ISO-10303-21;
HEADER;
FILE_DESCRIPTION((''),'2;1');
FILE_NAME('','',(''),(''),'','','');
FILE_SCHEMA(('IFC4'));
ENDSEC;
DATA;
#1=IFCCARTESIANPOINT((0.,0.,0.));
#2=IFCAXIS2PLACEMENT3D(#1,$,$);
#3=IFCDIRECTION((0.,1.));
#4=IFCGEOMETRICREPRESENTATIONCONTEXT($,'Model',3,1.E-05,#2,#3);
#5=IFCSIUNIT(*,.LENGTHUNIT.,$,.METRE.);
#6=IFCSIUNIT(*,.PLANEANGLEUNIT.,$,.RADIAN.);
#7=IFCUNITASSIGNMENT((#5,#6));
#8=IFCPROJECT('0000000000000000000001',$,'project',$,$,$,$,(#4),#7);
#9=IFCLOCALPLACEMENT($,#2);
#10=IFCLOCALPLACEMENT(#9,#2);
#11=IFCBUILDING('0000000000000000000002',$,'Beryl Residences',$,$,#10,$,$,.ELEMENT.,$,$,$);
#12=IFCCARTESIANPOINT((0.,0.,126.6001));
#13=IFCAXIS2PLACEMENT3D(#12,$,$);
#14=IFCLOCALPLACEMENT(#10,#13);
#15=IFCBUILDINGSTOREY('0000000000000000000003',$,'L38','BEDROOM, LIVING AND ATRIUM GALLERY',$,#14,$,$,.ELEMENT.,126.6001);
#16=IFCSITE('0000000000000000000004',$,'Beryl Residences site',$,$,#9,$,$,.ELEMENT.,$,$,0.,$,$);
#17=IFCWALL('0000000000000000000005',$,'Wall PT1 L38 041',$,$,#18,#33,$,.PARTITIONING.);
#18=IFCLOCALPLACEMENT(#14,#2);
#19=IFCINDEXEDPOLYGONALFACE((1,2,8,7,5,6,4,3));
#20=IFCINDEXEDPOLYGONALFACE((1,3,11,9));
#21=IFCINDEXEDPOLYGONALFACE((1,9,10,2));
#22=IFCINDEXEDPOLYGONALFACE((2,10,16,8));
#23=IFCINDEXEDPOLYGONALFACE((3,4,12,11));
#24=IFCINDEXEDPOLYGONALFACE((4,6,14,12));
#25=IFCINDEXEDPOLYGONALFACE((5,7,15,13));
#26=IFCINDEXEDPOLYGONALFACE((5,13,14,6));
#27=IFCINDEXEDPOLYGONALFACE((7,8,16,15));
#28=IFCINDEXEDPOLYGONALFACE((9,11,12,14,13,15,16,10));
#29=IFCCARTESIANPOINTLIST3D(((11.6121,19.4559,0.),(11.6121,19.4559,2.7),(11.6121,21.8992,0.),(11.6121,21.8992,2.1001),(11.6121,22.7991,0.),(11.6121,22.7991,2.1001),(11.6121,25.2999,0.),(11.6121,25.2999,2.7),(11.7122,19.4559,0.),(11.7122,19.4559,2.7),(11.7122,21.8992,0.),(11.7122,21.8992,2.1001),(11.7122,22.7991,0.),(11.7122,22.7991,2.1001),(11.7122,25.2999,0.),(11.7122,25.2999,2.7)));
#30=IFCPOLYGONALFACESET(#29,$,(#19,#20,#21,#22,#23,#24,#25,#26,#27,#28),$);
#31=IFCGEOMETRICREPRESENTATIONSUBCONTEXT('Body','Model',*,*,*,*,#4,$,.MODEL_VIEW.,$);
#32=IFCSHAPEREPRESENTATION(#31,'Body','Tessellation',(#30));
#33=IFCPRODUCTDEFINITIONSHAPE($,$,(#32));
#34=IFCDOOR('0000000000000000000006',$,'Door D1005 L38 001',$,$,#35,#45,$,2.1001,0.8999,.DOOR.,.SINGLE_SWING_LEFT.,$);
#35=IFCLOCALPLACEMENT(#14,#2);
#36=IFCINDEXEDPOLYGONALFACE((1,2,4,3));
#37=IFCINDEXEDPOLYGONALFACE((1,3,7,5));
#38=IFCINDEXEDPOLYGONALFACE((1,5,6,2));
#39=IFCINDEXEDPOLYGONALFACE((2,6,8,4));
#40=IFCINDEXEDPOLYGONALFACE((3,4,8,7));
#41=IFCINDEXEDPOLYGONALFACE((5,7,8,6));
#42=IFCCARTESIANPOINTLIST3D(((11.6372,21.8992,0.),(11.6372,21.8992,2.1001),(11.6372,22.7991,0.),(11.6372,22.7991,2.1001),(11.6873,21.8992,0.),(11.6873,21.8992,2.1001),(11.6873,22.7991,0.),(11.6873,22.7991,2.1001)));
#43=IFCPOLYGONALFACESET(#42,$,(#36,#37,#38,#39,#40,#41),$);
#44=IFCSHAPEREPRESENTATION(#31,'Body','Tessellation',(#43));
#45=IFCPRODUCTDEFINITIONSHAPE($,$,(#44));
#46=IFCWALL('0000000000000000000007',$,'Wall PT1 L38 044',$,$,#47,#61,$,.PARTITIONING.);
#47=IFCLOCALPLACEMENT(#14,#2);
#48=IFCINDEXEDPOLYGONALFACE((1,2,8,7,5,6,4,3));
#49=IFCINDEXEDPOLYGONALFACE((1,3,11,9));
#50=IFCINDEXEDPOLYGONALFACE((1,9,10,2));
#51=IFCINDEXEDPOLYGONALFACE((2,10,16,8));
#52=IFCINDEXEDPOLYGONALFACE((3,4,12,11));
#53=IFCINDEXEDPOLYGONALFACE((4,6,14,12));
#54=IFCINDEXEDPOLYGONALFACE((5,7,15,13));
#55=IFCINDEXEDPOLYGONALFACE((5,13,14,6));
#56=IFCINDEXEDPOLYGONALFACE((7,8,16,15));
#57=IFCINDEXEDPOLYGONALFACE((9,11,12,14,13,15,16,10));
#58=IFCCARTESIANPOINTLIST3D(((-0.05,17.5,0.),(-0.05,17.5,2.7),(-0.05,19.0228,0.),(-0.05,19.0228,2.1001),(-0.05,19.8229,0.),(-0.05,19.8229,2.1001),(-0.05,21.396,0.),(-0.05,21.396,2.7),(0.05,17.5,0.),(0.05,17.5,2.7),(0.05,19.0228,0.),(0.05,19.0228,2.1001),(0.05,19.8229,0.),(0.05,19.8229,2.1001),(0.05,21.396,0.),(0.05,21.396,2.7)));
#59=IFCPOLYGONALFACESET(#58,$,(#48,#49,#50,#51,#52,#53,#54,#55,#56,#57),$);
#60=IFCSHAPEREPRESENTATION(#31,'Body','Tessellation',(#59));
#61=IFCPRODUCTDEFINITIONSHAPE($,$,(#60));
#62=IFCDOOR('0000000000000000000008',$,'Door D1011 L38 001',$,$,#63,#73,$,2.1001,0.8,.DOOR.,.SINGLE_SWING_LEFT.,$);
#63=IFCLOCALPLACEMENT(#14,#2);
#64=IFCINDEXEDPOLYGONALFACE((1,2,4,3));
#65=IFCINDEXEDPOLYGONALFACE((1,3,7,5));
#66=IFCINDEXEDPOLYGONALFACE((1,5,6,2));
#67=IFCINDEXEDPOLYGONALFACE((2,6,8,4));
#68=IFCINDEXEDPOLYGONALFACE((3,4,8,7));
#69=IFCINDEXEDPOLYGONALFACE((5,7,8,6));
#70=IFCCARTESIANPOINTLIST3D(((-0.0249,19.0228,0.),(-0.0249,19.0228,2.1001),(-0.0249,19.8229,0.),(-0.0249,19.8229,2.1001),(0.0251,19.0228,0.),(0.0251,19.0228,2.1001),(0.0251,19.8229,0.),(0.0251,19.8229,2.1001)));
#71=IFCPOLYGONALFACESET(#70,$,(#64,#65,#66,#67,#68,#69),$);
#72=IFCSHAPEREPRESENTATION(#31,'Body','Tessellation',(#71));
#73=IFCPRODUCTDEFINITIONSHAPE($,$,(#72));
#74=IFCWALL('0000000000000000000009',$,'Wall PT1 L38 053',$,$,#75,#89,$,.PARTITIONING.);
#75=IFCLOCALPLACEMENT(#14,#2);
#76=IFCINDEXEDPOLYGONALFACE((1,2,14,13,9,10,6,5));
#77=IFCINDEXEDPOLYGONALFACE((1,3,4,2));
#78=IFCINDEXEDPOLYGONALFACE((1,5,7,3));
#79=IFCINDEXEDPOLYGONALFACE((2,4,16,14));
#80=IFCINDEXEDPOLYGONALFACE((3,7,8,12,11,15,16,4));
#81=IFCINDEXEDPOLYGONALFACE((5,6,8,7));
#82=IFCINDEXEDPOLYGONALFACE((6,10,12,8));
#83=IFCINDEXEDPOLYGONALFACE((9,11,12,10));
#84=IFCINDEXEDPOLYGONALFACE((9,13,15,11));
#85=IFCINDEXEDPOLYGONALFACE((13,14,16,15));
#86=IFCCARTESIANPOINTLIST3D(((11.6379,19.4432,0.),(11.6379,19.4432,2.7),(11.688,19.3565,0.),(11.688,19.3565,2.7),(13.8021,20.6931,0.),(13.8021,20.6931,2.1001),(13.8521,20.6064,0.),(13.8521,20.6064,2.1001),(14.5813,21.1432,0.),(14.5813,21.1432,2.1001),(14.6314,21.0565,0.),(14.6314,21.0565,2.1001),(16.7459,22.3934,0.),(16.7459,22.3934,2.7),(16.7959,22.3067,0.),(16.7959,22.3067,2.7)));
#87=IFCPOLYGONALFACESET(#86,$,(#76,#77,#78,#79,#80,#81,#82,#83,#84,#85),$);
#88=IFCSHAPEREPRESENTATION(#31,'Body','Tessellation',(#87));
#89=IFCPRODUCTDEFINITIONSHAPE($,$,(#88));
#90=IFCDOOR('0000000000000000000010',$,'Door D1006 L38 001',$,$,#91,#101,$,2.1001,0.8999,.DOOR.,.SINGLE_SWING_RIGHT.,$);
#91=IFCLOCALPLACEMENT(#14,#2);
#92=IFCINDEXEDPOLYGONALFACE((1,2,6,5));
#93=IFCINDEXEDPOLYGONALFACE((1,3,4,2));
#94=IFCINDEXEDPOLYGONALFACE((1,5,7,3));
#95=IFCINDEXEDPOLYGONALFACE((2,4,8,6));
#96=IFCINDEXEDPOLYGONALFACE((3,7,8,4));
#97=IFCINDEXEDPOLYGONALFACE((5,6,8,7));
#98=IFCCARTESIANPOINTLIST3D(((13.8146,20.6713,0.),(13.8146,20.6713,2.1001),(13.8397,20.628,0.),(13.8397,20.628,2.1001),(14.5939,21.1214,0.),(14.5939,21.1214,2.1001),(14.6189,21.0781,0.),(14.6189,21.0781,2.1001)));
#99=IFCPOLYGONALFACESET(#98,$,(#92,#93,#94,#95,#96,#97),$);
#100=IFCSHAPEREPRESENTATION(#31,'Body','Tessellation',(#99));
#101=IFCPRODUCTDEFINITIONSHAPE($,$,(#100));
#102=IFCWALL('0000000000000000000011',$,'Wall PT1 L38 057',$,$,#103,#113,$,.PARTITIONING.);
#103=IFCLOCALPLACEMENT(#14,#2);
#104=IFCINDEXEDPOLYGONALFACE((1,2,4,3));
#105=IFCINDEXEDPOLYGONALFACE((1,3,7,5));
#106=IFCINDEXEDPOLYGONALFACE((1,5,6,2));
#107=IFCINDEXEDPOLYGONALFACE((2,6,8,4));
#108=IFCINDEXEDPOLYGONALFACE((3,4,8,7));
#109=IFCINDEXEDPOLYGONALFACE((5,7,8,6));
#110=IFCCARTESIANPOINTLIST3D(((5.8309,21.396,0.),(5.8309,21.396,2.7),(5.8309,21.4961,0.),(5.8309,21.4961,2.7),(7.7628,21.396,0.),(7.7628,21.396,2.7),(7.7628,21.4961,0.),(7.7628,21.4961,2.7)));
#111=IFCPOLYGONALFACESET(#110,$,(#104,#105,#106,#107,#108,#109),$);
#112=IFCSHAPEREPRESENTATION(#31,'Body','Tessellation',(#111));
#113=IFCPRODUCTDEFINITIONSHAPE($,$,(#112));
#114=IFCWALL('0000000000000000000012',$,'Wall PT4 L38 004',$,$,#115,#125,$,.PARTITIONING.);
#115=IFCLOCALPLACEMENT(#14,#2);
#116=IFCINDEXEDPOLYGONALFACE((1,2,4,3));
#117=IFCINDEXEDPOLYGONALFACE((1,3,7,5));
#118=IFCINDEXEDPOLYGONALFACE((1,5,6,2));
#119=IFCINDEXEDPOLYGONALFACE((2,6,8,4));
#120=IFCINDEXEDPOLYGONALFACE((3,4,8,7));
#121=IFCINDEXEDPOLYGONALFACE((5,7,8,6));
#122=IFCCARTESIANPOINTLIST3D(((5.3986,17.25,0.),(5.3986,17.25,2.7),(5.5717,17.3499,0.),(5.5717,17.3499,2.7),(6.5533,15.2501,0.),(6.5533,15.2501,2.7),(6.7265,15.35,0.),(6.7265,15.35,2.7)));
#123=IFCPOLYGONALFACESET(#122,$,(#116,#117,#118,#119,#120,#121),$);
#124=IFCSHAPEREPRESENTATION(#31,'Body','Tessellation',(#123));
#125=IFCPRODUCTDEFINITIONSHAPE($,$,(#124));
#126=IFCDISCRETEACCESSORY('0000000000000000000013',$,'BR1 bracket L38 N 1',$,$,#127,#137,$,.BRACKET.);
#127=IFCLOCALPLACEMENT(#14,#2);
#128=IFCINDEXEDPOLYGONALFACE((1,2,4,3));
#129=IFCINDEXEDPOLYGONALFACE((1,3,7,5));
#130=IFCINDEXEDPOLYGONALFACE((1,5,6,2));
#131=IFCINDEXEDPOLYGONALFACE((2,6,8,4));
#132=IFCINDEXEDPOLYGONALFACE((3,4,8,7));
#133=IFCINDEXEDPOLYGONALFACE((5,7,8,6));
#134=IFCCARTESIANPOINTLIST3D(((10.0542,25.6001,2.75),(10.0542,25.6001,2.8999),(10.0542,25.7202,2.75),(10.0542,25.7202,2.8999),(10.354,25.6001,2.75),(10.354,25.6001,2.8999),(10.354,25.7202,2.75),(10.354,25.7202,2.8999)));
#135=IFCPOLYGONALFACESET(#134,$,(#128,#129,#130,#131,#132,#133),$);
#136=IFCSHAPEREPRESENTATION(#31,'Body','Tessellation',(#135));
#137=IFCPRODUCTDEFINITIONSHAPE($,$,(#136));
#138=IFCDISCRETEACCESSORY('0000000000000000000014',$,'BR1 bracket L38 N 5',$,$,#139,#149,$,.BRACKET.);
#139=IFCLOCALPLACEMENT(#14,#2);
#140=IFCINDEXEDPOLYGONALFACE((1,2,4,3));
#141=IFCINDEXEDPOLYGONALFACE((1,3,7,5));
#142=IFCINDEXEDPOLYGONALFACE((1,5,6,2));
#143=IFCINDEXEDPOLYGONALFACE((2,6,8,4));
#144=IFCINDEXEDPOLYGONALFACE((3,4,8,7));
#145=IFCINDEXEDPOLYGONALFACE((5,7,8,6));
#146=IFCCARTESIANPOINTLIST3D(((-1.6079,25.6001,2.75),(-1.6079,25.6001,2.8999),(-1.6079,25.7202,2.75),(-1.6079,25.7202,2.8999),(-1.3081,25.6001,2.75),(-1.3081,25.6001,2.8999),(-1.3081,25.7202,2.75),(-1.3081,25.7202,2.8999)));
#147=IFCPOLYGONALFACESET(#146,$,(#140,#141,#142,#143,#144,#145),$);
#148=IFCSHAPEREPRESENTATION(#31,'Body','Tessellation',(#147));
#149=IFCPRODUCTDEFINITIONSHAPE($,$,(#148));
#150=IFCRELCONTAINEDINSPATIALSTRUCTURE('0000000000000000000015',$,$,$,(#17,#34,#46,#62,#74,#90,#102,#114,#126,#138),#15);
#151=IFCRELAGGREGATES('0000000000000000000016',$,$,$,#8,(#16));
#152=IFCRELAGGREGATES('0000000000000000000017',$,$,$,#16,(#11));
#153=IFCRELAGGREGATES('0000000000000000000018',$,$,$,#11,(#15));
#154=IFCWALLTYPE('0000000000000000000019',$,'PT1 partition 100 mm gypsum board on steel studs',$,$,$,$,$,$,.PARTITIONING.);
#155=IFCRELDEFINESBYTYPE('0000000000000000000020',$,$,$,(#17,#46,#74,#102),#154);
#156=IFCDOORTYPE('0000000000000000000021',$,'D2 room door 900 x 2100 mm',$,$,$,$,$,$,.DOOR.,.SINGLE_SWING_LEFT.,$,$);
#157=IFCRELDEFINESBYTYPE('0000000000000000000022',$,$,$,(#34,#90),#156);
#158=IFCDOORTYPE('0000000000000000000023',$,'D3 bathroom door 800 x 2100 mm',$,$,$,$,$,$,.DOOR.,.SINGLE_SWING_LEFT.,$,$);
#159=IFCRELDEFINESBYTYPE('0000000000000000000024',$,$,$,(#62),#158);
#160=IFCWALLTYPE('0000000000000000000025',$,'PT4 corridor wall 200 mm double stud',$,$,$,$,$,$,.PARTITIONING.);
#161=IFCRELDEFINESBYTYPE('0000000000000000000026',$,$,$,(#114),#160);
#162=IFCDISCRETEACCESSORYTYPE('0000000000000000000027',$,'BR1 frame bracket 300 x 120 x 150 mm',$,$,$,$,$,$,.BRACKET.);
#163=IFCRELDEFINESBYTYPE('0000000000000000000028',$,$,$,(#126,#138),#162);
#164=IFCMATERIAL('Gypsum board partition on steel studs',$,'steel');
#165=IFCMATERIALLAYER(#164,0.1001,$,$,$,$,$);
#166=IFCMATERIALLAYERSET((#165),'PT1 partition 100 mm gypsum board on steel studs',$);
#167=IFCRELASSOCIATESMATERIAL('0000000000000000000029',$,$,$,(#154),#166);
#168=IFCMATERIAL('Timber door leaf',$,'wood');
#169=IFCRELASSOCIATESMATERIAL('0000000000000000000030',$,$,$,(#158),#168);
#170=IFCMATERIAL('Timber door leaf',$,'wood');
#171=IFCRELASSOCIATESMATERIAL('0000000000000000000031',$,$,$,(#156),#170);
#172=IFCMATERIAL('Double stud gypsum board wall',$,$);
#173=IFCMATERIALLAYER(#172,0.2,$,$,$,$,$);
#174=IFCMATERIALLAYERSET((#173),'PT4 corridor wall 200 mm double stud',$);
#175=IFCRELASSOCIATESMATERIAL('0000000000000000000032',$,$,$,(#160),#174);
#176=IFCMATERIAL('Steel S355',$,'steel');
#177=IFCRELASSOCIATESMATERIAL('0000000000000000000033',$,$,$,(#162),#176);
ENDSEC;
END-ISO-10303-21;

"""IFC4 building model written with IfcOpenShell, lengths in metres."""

from ifc_helpers import new_model, si_unit, direction, frame, frame_2d, origin, place, context, subcontext, project, spatial, polyline, rectangle, outline, extrude, source, transform, mapped, material, layer, layer_set, type_object, type_shapes, element, fill, save


model = new_model("IFC4")

# Units and contexts
model_context = context("Model", 3, precision=1e-05, world=origin(), true_north=direction((0.0, 1.0)))
body_context = subcontext(model_context, "Body", "Model", "MODEL_VIEW")
ifc_project = project(units=[si_unit("LENGTHUNIT", "METRE"), si_unit("PLANEANGLEUNIT", "RADIAN")], contexts=[model_context])

# Site, building, storey
site_placement = place(None, origin())
site = spatial("IfcSite", under=ifc_project, at=site_placement, Name="Beryl Residences site", CompositionType="ELEMENT", RefElevation=0.0)
building_placement = place(site_placement, origin())
building = spatial("IfcBuilding", under=site, at=building_placement, Name="Beryl Residences", CompositionType="ELEMENT")
storey_placement = place(building_placement, frame((0.0, 0.0, 126.6001)))
storey = spatial("IfcBuildingStorey", under=building, at=storey_placement, Name="L38", Description="BEDROOM, LIVING AND ATRIUM GALLERY", CompositionType="ELEMENT", Elevation=126.6001)

# Shared definitions
ifc_material_1 = material(Name="Gypsum board partition on steel studs", Category="steel")
ifc_layer_1 = layer(ifc_material_1, 0.1001)
ifc_layer_set_1 = layer_set([ifc_layer_1], Name="PT1 partition 100 mm gypsum board on steel studs")
wall_type_1 = type_object("IfcWallType", Name="PT1 partition 100 mm gypsum board on steel studs", PredefinedType="PARTITIONING", material=ifc_layer_set_1)

# Walls, openings, doors
ifc_material_2 = material(Name="Timber door leaf", Category="wood")
door_type_1 = type_object("IfcDoorType", Name="D3 bathroom door 800 x 2100 mm", OperationType="SINGLE_SWING_LEFT", PredefinedType="DOOR", material=ifc_material_2)
wall_1_placement = place(storey_placement, frame((11.6621, 19.4561, 0.0), z_axis=(0.0, 0.0, 1.0), x_axis=(0.0, 1.0, 0.0)))
wall_1 = element("IfcWall", 1, at=wall_1_placement, inside=storey, type_object=wall_type_1, Name="Wall PT1 L38 041", PredefinedType="PARTITIONING", context=body_context, shape_type="SweptSolid", body=[
    extrude(rectangle(XDim=5.844, YDim=0.1001, at=frame_2d((2.9219, 0.0))), origin(), (0.0, 0.0, 1.0), 2.7),
])
opening_1_placement = place(wall_1_placement, frame((2.4431, 0.0, 0.0)))
opening_1 = element("IfcOpeningElement", 2, at=opening_1_placement, cuts=wall_1, PredefinedType="OPENING", context=body_context, shape_type="SweptSolid", body=[
    extrude(rectangle(XDim=0.8999, YDim=2.1001, at=frame_2d((0.45, 1.05))), frame((0.0, 0.0601, 0.0), z_axis=(0.0, -1.0, 0.0), x_axis=(1.0, 0.0, 0.0)), (0.0, 0.0, 1.0), 0.1201),
])
ifc_material_3 = material(Name="Timber door leaf", Category="wood")
door_type_2 = type_object("IfcDoorType", Name="D2 room door 900 x 2100 mm", OperationType="SINGLE_SWING_LEFT", PredefinedType="DOOR", material=ifc_material_3)
door_1_placement = place(opening_1_placement, origin())
door_1 = element("IfcDoor", 3, at=door_1_placement, inside=storey, type_object=door_type_2, Name="Door D1005 L38 001", OperationType="SINGLE_SWING_LEFT", OverallHeight=2.1001, OverallWidth=0.8999, PredefinedType="DOOR", context=body_context, shape_type="SweptSolid", body=[
    extrude(rectangle(XDim=0.8999, YDim=2.1001, at=frame_2d((0.45, 1.05))), frame((0.0, 0.0249, 0.0), z_axis=(0.0, -1.0, 0.0), x_axis=(1.0, 0.0, 0.0)), (0.0, 0.0, 1.0), 0.05),
])
fill(opening_1, door_1)
wall_2_placement = place(storey_placement, frame((0.0, 17.5, 0.0), z_axis=(0.0, 0.0, 1.0), x_axis=(0.0, 1.0, 0.0)))
wall_2 = element("IfcWall", 4, at=wall_2_placement, inside=storey, type_object=wall_type_1, Name="Wall PT1 L38 044", PredefinedType="PARTITIONING", context=body_context, shape_type="SweptSolid", body=[
    extrude(rectangle(XDim=3.896, YDim=0.1001, at=frame_2d((1.948, 0.0))), origin(), (0.0, 0.0, 1.0), 2.7),
])
opening_2_placement = place(wall_2_placement, frame((1.5229, 0.0, 0.0)))
opening_2 = element("IfcOpeningElement", 5, at=opening_2_placement, cuts=wall_2, PredefinedType="OPENING", context=body_context, shape_type="SweptSolid", body=[
    extrude(rectangle(XDim=0.8, YDim=2.1001, at=frame_2d((0.3999, 1.05))), frame((0.0, 0.0601, 0.0), z_axis=(0.0, -1.0, 0.0), x_axis=(1.0, 0.0, 0.0)), (0.0, 0.0, 1.0), 0.1201),
])
door_2_placement = place(opening_2_placement, origin())
door_2 = element("IfcDoor", 6, at=door_2_placement, inside=storey, type_object=door_type_1, Name="Door D1011 L38 001", OperationType="SINGLE_SWING_LEFT", OverallHeight=2.1001, OverallWidth=0.8, PredefinedType="DOOR", context=body_context, shape_type="SweptSolid", body=[
    extrude(rectangle(XDim=0.8, YDim=2.1001, at=frame_2d((0.3999, 1.05))), frame((0.0, 0.0249, 0.0), z_axis=(0.0, -1.0, 0.0), x_axis=(1.0, 0.0, 0.0)), (0.0, 0.0, 1.0), 0.05),
])
fill(opening_2, door_2)
wall_3_placement = place(storey_placement, frame((11.6631, 19.3999, 0.0), z_axis=(0.0, 0.0, 1.0), x_axis=(0.865942, 0.500145, 0.0)))
wall_3 = element("IfcWall", 7, at=wall_3_placement, inside=storey, type_object=wall_type_1, Name="Wall PT1 L38 053", PredefinedType="PARTITIONING", context=body_context, shape_type="SweptSolid", body=[
    extrude(rectangle(XDim=5.8987, YDim=0.1001, at=frame_2d((2.9492, 0.0))), origin(), (0.0, 0.0, 1.0), 2.7),
])
opening_3_placement = place(wall_3_placement, frame((2.499, 0.0, 0.0)))
opening_3 = element("IfcOpeningElement", 8, at=opening_3_placement, cuts=wall_3, PredefinedType="OPENING", context=body_context, shape_type="SweptSolid", body=[
    extrude(rectangle(XDim=0.8999, YDim=2.1001, at=frame_2d((0.45, 1.05))), frame((0.0, 0.0601, 0.0), z_axis=(0.0, -1.0, 0.0), x_axis=(1.0, 0.0, 0.0)), (0.0, 0.0, 1.0), 0.1201),
])
door_3_placement = place(opening_3_placement, origin())
door_3 = element("IfcDoor", 9, at=door_3_placement, inside=storey, type_object=door_type_2, Name="Door D1006 L38 001", OperationType="SINGLE_SWING_RIGHT", OverallHeight=2.1001, OverallWidth=0.8999, PredefinedType="DOOR", context=body_context, shape_type="SweptSolid", body=[
    extrude(rectangle(XDim=0.8999, YDim=2.1001, at=frame_2d((0.45, 1.05))), frame((0.0, 0.0249, 0.0), z_axis=(0.0, -1.0, 0.0), x_axis=(1.0, 0.0, 0.0)), (0.0, 0.0, 1.0), 0.05),
])
fill(opening_3, door_3)

# Walls
wall_4_placement = place(storey_placement, frame((5.8311, 21.446, 0.0), z_axis=(0.0, 0.0, 1.0), x_axis=(1.0, 0.0, 0.0)))
element("IfcWall", 10, at=wall_4_placement, inside=storey, type_object=wall_type_1, Name="Wall PT1 L38 057", PredefinedType="PARTITIONING", context=body_context, shape_type="SweptSolid", body=[
    extrude(rectangle(XDim=1.9319, YDim=0.1001, at=frame_2d((0.9658, 0.0))), origin(), (0.0, 0.0, 1.0), 2.7),
])
ifc_material_4 = material(Name="Double stud gypsum board wall")
ifc_layer_2 = layer(ifc_material_4, 0.2)
ifc_layer_set_2 = layer_set([ifc_layer_2], Name="PT4 corridor wall 200 mm double stud")
wall_type_2 = type_object("IfcWallType", Name="PT4 corridor wall 200 mm double stud", PredefinedType="PARTITIONING", material=ifc_layer_set_2)
wall_5_placement = place(storey_placement, frame((5.4851, 17.3, 0.0), z_axis=(0.0, 0.0, 1.0), x_axis=(0.500027, -0.86601, 0.0)))
element("IfcWall", 11, at=wall_5_placement, inside=storey, type_object=wall_type_2, Name="Wall PT4 L38 004", PredefinedType="PARTITIONING", context=body_context, shape_type="SweptSolid", body=[
    extrude(rectangle(XDim=2.3093, YDim=0.2, at=frame_2d((1.1548, 0.0))), origin(), (0.0, 0.0, 1.0), 2.7),
])

# Discrete accessories
ifc_material_5 = material(Name="Steel S355", Category="steel")
discrete_accessory_type = type_object("IfcDiscreteAccessoryType", Name="BR1 frame bracket 300 x 120 x 150 mm", PredefinedType="BRACKET", material=ifc_material_5)
shared_shape_1 = source(origin(), body_context, "Body", "SweptSolid", [
    extrude(outline(polyline([(-0.1499, 0.0), (0.1499, 0.0), (0.1499, 0.1201), (-0.1499, 0.1201), (-0.1499, 0.0)])), origin(), (0.0, 0.0, 1.0), 0.1499),
])
type_shapes(discrete_accessory_type, [shared_shape_1])
for number, where, z_axis, x_axis, name in (
    (12, (10.2041, 25.6001, 2.75), (0.0, 0.0, 1.0), (1.0, 0.0, 0.0), "BR1 bracket L38 N 1"),
    (13, (-1.458, 25.6001, 2.75), (0.0, 0.0, 1.0), (1.0, 0.0, 0.0), "BR1 bracket L38 N 5"),
):
    element("IfcDiscreteAccessory", number, at=place(storey_placement, frame(where, z_axis=z_axis, x_axis=x_axis)), inside=storey, type_object=discrete_accessory_type, Name=name, PredefinedType="BRACKET", context=body_context, shape_type="MappedRepresentation", body=[
        mapped(shared_shape_1, transform((0.0, 0.0, 0.0))),
    ])

save(model, "model.ifc")
